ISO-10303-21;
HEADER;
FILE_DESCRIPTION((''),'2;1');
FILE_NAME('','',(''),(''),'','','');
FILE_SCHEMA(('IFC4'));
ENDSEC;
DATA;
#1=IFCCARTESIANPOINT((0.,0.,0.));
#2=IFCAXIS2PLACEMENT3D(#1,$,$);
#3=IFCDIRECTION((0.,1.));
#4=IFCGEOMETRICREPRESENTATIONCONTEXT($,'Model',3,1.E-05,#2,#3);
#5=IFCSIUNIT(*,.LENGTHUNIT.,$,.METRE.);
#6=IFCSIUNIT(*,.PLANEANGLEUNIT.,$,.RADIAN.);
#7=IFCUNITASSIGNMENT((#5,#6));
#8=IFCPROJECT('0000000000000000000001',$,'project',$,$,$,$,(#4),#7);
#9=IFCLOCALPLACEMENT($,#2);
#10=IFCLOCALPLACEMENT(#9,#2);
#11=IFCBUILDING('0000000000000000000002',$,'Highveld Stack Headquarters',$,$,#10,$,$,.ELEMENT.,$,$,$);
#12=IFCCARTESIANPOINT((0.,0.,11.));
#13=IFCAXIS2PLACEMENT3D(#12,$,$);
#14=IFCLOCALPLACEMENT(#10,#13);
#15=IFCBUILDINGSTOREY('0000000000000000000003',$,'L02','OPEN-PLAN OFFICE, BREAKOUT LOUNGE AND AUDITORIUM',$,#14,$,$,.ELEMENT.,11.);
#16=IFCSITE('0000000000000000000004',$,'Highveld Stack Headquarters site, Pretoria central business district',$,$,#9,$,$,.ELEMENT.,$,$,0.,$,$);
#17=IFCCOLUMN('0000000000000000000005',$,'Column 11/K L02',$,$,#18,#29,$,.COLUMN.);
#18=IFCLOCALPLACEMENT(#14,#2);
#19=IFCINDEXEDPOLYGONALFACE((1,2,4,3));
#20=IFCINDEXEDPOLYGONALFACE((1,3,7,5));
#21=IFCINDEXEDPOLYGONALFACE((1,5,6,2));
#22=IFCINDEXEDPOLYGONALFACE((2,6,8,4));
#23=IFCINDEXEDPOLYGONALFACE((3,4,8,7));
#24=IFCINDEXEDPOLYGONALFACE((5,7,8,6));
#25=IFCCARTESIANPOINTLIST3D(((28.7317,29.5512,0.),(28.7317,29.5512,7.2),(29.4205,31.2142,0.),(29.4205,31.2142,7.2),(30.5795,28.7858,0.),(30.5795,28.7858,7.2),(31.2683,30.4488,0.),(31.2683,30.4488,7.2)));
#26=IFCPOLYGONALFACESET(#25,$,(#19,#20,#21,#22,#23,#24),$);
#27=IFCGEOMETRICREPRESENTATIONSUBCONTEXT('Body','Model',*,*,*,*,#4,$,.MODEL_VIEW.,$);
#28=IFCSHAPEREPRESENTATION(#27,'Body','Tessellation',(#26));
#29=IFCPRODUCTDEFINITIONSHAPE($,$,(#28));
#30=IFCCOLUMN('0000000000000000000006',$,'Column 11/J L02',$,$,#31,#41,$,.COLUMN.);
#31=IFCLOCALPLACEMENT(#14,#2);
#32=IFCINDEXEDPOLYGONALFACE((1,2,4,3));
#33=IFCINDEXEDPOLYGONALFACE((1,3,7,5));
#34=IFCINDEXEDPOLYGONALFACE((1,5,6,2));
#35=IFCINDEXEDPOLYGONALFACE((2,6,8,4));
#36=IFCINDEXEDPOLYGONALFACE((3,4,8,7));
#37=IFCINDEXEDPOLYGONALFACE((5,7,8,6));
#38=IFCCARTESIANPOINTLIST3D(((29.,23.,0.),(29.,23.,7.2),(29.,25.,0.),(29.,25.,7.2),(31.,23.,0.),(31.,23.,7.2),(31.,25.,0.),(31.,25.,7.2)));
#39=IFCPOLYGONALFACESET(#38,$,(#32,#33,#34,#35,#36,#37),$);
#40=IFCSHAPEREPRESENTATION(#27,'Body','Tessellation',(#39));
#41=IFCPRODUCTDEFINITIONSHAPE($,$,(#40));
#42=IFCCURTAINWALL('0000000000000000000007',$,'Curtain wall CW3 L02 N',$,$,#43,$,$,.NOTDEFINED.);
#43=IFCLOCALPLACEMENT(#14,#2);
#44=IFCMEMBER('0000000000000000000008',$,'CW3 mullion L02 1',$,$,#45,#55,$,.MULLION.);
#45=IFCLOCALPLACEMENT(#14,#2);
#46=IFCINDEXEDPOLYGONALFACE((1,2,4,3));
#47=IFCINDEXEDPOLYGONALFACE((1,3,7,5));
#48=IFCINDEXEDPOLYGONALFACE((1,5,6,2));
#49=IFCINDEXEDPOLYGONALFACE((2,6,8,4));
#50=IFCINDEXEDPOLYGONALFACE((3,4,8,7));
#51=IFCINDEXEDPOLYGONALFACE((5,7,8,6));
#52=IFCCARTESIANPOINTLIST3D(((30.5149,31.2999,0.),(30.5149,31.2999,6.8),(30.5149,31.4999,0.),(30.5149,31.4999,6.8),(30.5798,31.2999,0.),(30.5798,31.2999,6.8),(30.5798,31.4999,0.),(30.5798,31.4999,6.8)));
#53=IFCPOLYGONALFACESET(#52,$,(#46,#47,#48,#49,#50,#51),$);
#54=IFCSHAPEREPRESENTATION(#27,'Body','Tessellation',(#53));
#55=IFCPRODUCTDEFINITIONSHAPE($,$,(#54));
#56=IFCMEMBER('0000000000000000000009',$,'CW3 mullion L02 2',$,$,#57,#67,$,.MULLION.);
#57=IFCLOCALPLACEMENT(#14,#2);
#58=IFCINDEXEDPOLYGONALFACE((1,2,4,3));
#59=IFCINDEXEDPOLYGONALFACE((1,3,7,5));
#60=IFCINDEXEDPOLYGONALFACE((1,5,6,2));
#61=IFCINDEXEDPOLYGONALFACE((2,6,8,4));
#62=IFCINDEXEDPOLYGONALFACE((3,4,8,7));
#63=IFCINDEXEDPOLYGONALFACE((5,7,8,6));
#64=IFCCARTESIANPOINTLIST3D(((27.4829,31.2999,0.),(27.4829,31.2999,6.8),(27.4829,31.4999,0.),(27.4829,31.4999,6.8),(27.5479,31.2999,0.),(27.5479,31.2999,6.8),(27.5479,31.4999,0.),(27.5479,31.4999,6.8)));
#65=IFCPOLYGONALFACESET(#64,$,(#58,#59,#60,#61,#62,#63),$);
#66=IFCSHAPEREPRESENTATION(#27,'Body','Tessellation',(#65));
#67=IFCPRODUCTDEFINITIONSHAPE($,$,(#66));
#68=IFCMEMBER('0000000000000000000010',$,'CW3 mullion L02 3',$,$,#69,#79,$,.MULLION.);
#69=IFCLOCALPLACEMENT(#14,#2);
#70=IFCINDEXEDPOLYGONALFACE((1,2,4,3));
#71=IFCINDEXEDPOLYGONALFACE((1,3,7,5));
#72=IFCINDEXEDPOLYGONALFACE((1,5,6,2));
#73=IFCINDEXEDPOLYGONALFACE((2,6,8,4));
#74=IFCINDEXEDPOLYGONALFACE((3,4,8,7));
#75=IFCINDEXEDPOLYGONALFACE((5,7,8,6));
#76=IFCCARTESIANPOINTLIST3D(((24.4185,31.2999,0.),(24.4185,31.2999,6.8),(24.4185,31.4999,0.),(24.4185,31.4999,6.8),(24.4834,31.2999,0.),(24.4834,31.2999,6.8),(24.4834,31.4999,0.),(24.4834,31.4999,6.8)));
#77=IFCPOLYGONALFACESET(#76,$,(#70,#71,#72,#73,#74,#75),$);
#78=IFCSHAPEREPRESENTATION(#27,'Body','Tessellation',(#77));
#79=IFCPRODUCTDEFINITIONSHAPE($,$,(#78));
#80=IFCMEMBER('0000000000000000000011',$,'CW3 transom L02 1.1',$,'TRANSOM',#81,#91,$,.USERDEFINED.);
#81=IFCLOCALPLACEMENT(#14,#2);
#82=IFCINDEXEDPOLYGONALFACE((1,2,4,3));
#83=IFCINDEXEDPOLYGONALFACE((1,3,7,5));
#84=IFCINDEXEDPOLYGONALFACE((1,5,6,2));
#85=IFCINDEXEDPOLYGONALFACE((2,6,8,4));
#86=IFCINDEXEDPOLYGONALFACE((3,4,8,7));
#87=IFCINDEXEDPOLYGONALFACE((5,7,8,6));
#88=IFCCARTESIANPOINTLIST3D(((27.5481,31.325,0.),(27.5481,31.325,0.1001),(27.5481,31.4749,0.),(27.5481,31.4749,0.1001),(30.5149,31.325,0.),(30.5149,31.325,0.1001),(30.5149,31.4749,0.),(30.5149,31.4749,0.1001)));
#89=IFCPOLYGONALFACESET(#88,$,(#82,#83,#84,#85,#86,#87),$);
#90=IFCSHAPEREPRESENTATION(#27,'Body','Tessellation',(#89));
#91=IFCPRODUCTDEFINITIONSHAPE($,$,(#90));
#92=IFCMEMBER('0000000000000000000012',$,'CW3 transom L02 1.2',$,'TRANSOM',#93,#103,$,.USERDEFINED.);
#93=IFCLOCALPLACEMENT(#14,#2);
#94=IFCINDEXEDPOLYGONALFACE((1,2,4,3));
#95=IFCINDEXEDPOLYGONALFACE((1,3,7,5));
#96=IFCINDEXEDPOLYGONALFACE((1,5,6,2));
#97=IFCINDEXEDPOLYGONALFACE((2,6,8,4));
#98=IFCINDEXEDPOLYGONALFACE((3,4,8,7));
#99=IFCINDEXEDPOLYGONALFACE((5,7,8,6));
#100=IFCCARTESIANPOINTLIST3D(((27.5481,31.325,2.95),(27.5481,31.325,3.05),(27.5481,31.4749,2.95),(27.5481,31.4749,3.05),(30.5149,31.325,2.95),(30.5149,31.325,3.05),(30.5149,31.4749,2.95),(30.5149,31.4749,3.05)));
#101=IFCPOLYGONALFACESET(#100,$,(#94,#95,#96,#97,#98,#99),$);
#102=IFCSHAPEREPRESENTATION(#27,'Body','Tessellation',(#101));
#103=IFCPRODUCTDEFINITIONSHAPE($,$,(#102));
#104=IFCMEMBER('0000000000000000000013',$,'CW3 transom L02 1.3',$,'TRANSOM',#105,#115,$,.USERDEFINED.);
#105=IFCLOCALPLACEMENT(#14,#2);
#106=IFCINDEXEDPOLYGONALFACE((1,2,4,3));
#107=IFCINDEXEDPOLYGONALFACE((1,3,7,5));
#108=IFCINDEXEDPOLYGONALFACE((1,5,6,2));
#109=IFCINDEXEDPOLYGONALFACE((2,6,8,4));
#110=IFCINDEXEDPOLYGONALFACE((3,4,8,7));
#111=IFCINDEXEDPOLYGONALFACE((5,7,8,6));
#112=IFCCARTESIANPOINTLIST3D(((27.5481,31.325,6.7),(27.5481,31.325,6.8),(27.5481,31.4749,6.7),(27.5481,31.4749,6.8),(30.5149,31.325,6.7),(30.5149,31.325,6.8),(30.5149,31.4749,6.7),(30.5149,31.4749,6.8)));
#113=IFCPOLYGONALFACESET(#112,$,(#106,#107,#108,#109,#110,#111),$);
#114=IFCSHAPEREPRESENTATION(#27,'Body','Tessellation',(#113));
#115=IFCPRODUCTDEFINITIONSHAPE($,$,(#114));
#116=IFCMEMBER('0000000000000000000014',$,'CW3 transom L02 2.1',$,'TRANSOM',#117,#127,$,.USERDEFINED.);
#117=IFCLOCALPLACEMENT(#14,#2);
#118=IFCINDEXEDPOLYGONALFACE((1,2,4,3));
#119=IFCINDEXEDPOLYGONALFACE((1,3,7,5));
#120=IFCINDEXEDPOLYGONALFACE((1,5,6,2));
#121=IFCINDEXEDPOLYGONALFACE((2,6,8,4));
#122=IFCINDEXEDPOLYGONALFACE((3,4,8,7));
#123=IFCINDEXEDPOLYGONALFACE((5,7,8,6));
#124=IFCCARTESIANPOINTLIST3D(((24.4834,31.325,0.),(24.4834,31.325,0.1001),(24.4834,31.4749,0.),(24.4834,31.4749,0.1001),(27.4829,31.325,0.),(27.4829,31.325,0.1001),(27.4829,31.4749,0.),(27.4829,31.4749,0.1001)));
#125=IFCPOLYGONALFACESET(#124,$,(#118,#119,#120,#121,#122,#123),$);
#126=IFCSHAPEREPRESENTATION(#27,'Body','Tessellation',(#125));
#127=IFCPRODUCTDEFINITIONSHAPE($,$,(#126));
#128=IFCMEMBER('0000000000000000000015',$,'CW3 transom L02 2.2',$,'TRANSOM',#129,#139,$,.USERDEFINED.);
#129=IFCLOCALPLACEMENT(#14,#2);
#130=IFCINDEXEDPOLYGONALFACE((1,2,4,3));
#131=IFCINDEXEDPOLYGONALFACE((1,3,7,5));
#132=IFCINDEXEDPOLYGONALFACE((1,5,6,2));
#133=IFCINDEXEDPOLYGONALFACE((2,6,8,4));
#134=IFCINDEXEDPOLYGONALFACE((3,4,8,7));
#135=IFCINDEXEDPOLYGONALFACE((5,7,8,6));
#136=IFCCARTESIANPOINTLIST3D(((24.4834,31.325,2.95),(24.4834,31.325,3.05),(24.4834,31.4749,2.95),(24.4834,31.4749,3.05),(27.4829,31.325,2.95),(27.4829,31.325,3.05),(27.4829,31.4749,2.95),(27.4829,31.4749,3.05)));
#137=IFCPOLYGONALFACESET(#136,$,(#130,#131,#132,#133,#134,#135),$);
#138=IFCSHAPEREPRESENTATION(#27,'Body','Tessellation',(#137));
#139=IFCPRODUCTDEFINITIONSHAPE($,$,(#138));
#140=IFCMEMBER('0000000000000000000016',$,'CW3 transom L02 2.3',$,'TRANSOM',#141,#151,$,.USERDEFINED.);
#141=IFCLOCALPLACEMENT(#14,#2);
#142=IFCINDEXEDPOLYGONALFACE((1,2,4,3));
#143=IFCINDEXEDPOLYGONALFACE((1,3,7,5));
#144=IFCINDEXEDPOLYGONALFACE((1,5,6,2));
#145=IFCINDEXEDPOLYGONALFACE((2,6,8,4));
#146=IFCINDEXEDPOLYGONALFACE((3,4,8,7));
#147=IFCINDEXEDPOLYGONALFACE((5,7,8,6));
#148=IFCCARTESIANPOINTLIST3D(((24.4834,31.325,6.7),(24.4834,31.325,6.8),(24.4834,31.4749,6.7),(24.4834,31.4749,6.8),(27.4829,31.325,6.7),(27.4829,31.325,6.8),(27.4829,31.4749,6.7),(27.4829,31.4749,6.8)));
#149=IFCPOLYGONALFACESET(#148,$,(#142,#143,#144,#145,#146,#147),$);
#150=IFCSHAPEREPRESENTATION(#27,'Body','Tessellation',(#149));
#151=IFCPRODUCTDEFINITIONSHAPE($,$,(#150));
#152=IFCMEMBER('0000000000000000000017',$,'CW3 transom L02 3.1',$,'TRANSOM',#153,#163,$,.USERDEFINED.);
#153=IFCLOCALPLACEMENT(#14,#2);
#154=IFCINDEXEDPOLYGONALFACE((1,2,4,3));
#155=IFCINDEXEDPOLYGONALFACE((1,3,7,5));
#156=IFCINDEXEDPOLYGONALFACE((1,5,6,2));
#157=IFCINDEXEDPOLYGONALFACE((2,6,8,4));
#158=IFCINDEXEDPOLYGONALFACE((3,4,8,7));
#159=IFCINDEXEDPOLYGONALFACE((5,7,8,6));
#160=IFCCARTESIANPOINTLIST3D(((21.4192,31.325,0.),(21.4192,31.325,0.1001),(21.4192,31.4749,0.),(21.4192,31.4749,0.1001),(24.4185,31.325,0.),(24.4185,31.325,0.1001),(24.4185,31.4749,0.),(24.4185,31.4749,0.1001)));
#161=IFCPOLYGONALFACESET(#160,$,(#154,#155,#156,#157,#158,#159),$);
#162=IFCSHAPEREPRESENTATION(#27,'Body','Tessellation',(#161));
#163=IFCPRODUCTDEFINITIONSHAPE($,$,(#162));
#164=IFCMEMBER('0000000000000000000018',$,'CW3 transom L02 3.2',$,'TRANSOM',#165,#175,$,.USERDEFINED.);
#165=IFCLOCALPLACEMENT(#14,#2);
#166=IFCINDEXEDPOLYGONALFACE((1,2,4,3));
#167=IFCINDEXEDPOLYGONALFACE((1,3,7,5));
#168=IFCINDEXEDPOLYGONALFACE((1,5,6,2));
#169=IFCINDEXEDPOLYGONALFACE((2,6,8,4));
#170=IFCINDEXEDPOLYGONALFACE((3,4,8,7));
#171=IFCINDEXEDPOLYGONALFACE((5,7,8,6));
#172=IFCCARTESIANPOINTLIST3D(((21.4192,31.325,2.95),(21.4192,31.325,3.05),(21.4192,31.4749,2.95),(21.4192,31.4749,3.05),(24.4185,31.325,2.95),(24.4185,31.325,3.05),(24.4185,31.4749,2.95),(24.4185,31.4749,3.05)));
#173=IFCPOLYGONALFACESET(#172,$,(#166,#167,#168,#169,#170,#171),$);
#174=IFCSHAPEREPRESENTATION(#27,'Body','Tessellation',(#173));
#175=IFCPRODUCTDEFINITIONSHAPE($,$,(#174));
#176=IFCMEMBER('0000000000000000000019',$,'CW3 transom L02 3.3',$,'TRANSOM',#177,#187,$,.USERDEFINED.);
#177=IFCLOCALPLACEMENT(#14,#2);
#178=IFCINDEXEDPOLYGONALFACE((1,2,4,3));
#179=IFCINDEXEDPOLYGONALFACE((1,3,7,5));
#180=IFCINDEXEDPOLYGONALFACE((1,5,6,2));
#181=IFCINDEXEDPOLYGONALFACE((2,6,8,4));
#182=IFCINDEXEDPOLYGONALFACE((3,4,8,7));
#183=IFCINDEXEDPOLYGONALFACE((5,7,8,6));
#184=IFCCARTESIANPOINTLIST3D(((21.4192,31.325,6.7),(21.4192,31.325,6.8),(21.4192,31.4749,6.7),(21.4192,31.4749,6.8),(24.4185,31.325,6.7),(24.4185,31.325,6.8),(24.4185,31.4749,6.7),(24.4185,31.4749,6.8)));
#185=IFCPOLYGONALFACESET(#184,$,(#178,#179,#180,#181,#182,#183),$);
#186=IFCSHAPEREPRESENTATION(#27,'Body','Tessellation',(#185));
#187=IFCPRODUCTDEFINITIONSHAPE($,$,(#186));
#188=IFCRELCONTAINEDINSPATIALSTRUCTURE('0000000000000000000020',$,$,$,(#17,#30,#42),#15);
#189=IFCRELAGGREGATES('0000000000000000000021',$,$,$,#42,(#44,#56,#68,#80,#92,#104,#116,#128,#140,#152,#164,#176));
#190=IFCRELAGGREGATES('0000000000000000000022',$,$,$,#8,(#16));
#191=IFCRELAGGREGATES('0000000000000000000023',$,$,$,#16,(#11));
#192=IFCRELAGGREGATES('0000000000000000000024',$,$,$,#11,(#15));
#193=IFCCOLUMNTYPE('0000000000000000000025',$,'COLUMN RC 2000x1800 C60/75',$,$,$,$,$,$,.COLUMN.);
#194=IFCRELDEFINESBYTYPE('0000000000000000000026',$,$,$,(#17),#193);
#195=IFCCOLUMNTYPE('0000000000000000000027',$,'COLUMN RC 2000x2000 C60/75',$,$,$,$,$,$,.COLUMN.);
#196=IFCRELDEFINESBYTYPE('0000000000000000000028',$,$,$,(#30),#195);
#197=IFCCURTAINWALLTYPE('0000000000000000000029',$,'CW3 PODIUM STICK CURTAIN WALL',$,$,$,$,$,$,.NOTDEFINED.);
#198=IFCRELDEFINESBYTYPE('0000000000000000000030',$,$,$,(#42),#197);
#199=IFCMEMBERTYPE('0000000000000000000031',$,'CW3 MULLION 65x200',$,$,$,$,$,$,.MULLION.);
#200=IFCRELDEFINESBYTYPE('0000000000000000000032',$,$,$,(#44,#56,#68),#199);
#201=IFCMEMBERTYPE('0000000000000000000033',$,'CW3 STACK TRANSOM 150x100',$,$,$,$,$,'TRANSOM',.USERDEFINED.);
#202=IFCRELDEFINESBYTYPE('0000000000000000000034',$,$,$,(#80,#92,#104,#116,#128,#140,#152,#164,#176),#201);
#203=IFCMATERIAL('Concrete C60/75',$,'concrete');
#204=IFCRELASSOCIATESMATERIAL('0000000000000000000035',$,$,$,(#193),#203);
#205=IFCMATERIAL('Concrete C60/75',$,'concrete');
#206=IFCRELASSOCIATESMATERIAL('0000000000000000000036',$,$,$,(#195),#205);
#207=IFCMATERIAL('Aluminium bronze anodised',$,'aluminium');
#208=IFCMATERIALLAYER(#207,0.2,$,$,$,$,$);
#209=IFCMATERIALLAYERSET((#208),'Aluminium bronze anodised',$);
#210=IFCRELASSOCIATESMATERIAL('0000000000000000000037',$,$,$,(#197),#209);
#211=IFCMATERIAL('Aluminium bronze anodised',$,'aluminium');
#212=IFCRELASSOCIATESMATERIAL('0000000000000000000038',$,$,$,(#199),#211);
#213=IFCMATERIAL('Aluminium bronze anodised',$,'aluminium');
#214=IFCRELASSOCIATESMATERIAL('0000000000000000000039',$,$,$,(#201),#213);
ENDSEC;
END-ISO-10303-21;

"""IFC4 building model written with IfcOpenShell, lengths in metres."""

from ifc_helpers import new_model, si_unit, direction, frame, origin, origin_2d, place, context, subcontext, project, spatial, rectangle, extrude, material, layer, layer_set, material_profile, profile_set, type_object, element, aggregate, save


model = new_model("IFC4")

# Units and contexts
model_context = context("Model", 3, precision=1e-05, world=origin(), true_north=direction((0.0, 1.0)))
body_context = subcontext(model_context, "Body", "Model", "MODEL_VIEW")
ifc_project = project(units=[si_unit("LENGTHUNIT", "METRE"), si_unit("PLANEANGLEUNIT", "RADIAN")], contexts=[model_context])

# Site, building, storey
site_placement = place(None, origin())
site = spatial("IfcSite", under=ifc_project, at=site_placement, Name="Highveld Stack Headquarters site, Pretoria central business district", CompositionType="ELEMENT", RefElevation=0.0)
building_placement = place(site_placement, origin())
building = spatial("IfcBuilding", under=site, at=building_placement, Name="Highveld Stack Headquarters", CompositionType="ELEMENT")
storey_placement = place(building_placement, frame((0.0, 0.0, 11.0)))
storey = spatial("IfcBuildingStorey", under=building, at=storey_placement, Name="L02", Description="OPEN-PLAN OFFICE, BREAKOUT LOUNGE AND AUDITORIUM", CompositionType="ELEMENT", Elevation=11.0)

# Columns
ifc_material_1 = material(Name="Concrete C60/75", Category="concrete")
ifc_material_profile_1 = material_profile(ifc_material_1, rectangle(XDim=2.0, YDim=1.8, at=origin_2d()), Name="RC 2000x1800")
ifc_profile_set_1 = profile_set([ifc_material_profile_1], Name="Concrete C60/75")
column_type_1 = type_object("IfcColumnType", Name="COLUMN RC 2000x1800 C60/75", PredefinedType="COLUMN", material=ifc_profile_set_1)
column_1_placement = place(storey_placement, frame((30.0, 30.0, 0.0), z_axis=(0.0, 0.0, 1.0), x_axis=(0.92388, -0.382683, 0.0)))
element("IfcColumn", 1, at=column_1_placement, inside=storey, type_object=column_type_1, Name="Column 11/K L02", PredefinedType="COLUMN", context=body_context, shape_type="SweptSolid", body=[
    extrude(rectangle(XDim=2.0, YDim=1.8, at=origin_2d()), origin(), (0.0, 0.0, 1.0), 7.2),
])
ifc_material_2 = material(Name="Concrete C60/75", Category="concrete")
ifc_material_profile_2 = material_profile(ifc_material_2, rectangle(XDim=2.0, YDim=2.0, at=origin_2d()), Name="RC 2000x2000")
ifc_profile_set_2 = profile_set([ifc_material_profile_2], Name="Concrete C60/75")
column_type_2 = type_object("IfcColumnType", Name="COLUMN RC 2000x2000 C60/75", PredefinedType="COLUMN", material=ifc_profile_set_2)
column_2_placement = place(storey_placement, frame((30.0, 24.0, 0.0), z_axis=(0.0, 0.0, 1.0), x_axis=(1.0, 0.0, 0.0)))
element("IfcColumn", 2, at=column_2_placement, inside=storey, type_object=column_type_2, Name="Column 11/J L02", PredefinedType="COLUMN", context=body_context, shape_type="SweptSolid", body=[
    extrude(rectangle(XDim=2.0, YDim=2.0, at=origin_2d()), origin(), (0.0, 0.0, 1.0), 7.2),
])

# Curtain wall, members
ifc_material_3 = material(Name="Aluminium bronze anodised", Category="aluminium")
ifc_layer_1 = layer(ifc_material_3, 0.2)
ifc_layer_set_1 = layer_set([ifc_layer_1], Name="Aluminium bronze anodised")
curtain_wall_type = type_object("IfcCurtainWallType", Name="CW3 PODIUM STICK CURTAIN WALL", PredefinedType="NOTDEFINED", material=ifc_layer_set_1)
curtain_wall_1_placement = place(storey_placement, origin())
curtain_wall_1 = element("IfcCurtainWall", 3, at=curtain_wall_1_placement, inside=storey, type_object=curtain_wall_type, Name="Curtain wall CW3 L02 N", PredefinedType="NOTDEFINED")
ifc_material_4 = material(Name="Aluminium bronze anodised", Category="aluminium")
ifc_material_profile_3 = material_profile(ifc_material_4, rectangle(XDim=0.2, YDim=0.0649, at=origin_2d()), Name="CW3 MULLION 65x200")
ifc_profile_set_3 = profile_set([ifc_material_profile_3], Name="Aluminium bronze anodised")
member_type_1 = type_object("IfcMemberType", Name="CW3 MULLION 65x200", PredefinedType="MULLION", material=ifc_profile_set_3)
member_1_placement = place(storey_placement, frame((30.5474, 31.3999, 0.0), z_axis=(0.0, 0.0, 1.0), x_axis=(0.0, -1.0, 0.0)))
member_1 = element("IfcMember", 4, at=member_1_placement, type_object=member_type_1, Name="CW3 mullion L02 1", PredefinedType="MULLION", context=body_context, shape_type="SweptSolid", body=[
    extrude(rectangle(XDim=0.2, YDim=0.0649, at=origin_2d()), origin(), (0.0, 0.0, 1.0), 6.8),
])
member_2_placement = place(storey_placement, frame((27.5154, 31.3999, 0.0), z_axis=(0.0, 0.0, 1.0), x_axis=(0.0, -1.0, 0.0)))
member_2 = element("IfcMember", 5, at=member_2_placement, type_object=member_type_1, Name="CW3 mullion L02 2", PredefinedType="MULLION", context=body_context, shape_type="SweptSolid", body=[
    extrude(rectangle(XDim=0.2, YDim=0.0649, at=origin_2d()), origin(), (0.0, 0.0, 1.0), 6.8),
])
member_3_placement = place(storey_placement, frame((24.4509, 31.3999, 0.0), z_axis=(0.0, 0.0, 1.0), x_axis=(0.0, -1.0, 0.0)))
member_3 = element("IfcMember", 6, at=member_3_placement, type_object=member_type_1, Name="CW3 mullion L02 3", PredefinedType="MULLION", context=body_context, shape_type="SweptSolid", body=[
    extrude(rectangle(XDim=0.2, YDim=0.0649, at=origin_2d()), origin(), (0.0, 0.0, 1.0), 6.8),
])
ifc_material_5 = material(Name="Aluminium bronze anodised", Category="aluminium")
ifc_material_profile_4 = material_profile(ifc_material_5, rectangle(XDim=0.1499, YDim=0.1001, at=origin_2d()), Name="CW3 TRANSOM 150x100")
ifc_profile_set_4 = profile_set([ifc_material_profile_4], Name="Aluminium bronze anodised")
member_type_2 = type_object("IfcMemberType", Name="CW3 STACK TRANSOM 150x100", ElementType="TRANSOM", PredefinedType="USERDEFINED", material=ifc_profile_set_4)
member_4_placement = place(storey_placement, frame((30.5149, 31.3999, 0.05), z_axis=(-1.0, 0.0, 0.0), x_axis=(0.0, -1.0, 0.0)))
member_4 = element("IfcMember", 7, at=member_4_placement, type_object=member_type_2, Name="CW3 transom L02 1.1", ObjectType="TRANSOM", PredefinedType="USERDEFINED", context=body_context, shape_type="SweptSolid", body=[
    extrude(rectangle(XDim=0.1499, YDim=0.1001, at=origin_2d()), origin(), (0.0, 0.0, 1.0), 2.9668),
])
member_5_placement = place(storey_placement, frame((30.5149, 31.3999, 3.0), z_axis=(-1.0, 0.0, 0.0), x_axis=(0.0, -1.0, 0.0)))
member_5 = element("IfcMember", 8, at=member_5_placement, type_object=member_type_2, Name="CW3 transom L02 1.2", ObjectType="TRANSOM", PredefinedType="USERDEFINED", context=body_context, shape_type="SweptSolid", body=[
    extrude(rectangle(XDim=0.1499, YDim=0.1001, at=origin_2d()), origin(), (0.0, 0.0, 1.0), 2.9668),
])
member_6_placement = place(storey_placement, frame((30.5149, 31.3999, 6.75), z_axis=(-1.0, 0.0, 0.0), x_axis=(0.0, -1.0, 0.0)))
member_6 = element("IfcMember", 9, at=member_6_placement, type_object=member_type_2, Name="CW3 transom L02 1.3", ObjectType="TRANSOM", PredefinedType="USERDEFINED", context=body_context, shape_type="SweptSolid", body=[
    extrude(rectangle(XDim=0.1499, YDim=0.1001, at=origin_2d()), origin(), (0.0, 0.0, 1.0), 2.9668),
])
member_7_placement = place(storey_placement, frame((27.4829, 31.3999, 0.05), z_axis=(-1.0, 0.0, 0.0), x_axis=(0.0, -1.0, 0.0)))
member_7 = element("IfcMember", 10, at=member_7_placement, type_object=member_type_2, Name="CW3 transom L02 2.1", ObjectType="TRANSOM", PredefinedType="USERDEFINED", context=body_context, shape_type="SweptSolid", body=[
    extrude(rectangle(XDim=0.1499, YDim=0.1001, at=origin_2d()), origin(), (0.0, 0.0, 1.0), 2.9995),
])
member_8_placement = place(storey_placement, frame((27.4829, 31.3999, 3.0), z_axis=(-1.0, 0.0, 0.0), x_axis=(0.0, -1.0, 0.0)))
member_8 = element("IfcMember", 11, at=member_8_placement, type_object=member_type_2, Name="CW3 transom L02 2.2", ObjectType="TRANSOM", PredefinedType="USERDEFINED", context=body_context, shape_type="SweptSolid", body=[
    extrude(rectangle(XDim=0.1499, YDim=0.1001, at=origin_2d()), origin(), (0.0, 0.0, 1.0), 2.9995),
])
member_9_placement = place(storey_placement, frame((27.4829, 31.3999, 6.75), z_axis=(-1.0, 0.0, 0.0), x_axis=(0.0, -1.0, 0.0)))
member_9 = element("IfcMember", 12, at=member_9_placement, type_object=member_type_2, Name="CW3 transom L02 2.3", ObjectType="TRANSOM", PredefinedType="USERDEFINED", context=body_context, shape_type="SweptSolid", body=[
    extrude(rectangle(XDim=0.1499, YDim=0.1001, at=origin_2d()), origin(), (0.0, 0.0, 1.0), 2.9995),
])
member_10_placement = place(storey_placement, frame((24.4185, 31.3999, 0.05), z_axis=(-1.0, 0.0, 0.0), x_axis=(0.0, -1.0, 0.0)))
member_10 = element("IfcMember", 13, at=member_10_placement, type_object=member_type_2, Name="CW3 transom L02 3.1", ObjectType="TRANSOM", PredefinedType="USERDEFINED", context=body_context, shape_type="SweptSolid", body=[
    extrude(rectangle(XDim=0.1499, YDim=0.1001, at=origin_2d()), origin(), (0.0, 0.0, 1.0), 2.9993),
])
member_11_placement = place(storey_placement, frame((24.4185, 31.3999, 3.0), z_axis=(-1.0, 0.0, 0.0), x_axis=(0.0, -1.0, 0.0)))
member_11 = element("IfcMember", 14, at=member_11_placement, type_object=member_type_2, Name="CW3 transom L02 3.2", ObjectType="TRANSOM", PredefinedType="USERDEFINED", context=body_context, shape_type="SweptSolid", body=[
    extrude(rectangle(XDim=0.1499, YDim=0.1001, at=origin_2d()), origin(), (0.0, 0.0, 1.0), 2.9993),
])
member_12_placement = place(storey_placement, frame((24.4185, 31.3999, 6.75), z_axis=(-1.0, 0.0, 0.0), x_axis=(0.0, -1.0, 0.0)))
member_12 = element("IfcMember", 15, at=member_12_placement, type_object=member_type_2, Name="CW3 transom L02 3.3", ObjectType="TRANSOM", PredefinedType="USERDEFINED", context=body_context, shape_type="SweptSolid", body=[
    extrude(rectangle(XDim=0.1499, YDim=0.1001, at=origin_2d()), origin(), (0.0, 0.0, 1.0), 2.9993),
])

aggregate(curtain_wall_1, [member_1, member_2, member_3, member_4, member_5, member_6, member_7, member_8, member_9, member_10, member_11, member_12])

save(model, "model.ifc")
